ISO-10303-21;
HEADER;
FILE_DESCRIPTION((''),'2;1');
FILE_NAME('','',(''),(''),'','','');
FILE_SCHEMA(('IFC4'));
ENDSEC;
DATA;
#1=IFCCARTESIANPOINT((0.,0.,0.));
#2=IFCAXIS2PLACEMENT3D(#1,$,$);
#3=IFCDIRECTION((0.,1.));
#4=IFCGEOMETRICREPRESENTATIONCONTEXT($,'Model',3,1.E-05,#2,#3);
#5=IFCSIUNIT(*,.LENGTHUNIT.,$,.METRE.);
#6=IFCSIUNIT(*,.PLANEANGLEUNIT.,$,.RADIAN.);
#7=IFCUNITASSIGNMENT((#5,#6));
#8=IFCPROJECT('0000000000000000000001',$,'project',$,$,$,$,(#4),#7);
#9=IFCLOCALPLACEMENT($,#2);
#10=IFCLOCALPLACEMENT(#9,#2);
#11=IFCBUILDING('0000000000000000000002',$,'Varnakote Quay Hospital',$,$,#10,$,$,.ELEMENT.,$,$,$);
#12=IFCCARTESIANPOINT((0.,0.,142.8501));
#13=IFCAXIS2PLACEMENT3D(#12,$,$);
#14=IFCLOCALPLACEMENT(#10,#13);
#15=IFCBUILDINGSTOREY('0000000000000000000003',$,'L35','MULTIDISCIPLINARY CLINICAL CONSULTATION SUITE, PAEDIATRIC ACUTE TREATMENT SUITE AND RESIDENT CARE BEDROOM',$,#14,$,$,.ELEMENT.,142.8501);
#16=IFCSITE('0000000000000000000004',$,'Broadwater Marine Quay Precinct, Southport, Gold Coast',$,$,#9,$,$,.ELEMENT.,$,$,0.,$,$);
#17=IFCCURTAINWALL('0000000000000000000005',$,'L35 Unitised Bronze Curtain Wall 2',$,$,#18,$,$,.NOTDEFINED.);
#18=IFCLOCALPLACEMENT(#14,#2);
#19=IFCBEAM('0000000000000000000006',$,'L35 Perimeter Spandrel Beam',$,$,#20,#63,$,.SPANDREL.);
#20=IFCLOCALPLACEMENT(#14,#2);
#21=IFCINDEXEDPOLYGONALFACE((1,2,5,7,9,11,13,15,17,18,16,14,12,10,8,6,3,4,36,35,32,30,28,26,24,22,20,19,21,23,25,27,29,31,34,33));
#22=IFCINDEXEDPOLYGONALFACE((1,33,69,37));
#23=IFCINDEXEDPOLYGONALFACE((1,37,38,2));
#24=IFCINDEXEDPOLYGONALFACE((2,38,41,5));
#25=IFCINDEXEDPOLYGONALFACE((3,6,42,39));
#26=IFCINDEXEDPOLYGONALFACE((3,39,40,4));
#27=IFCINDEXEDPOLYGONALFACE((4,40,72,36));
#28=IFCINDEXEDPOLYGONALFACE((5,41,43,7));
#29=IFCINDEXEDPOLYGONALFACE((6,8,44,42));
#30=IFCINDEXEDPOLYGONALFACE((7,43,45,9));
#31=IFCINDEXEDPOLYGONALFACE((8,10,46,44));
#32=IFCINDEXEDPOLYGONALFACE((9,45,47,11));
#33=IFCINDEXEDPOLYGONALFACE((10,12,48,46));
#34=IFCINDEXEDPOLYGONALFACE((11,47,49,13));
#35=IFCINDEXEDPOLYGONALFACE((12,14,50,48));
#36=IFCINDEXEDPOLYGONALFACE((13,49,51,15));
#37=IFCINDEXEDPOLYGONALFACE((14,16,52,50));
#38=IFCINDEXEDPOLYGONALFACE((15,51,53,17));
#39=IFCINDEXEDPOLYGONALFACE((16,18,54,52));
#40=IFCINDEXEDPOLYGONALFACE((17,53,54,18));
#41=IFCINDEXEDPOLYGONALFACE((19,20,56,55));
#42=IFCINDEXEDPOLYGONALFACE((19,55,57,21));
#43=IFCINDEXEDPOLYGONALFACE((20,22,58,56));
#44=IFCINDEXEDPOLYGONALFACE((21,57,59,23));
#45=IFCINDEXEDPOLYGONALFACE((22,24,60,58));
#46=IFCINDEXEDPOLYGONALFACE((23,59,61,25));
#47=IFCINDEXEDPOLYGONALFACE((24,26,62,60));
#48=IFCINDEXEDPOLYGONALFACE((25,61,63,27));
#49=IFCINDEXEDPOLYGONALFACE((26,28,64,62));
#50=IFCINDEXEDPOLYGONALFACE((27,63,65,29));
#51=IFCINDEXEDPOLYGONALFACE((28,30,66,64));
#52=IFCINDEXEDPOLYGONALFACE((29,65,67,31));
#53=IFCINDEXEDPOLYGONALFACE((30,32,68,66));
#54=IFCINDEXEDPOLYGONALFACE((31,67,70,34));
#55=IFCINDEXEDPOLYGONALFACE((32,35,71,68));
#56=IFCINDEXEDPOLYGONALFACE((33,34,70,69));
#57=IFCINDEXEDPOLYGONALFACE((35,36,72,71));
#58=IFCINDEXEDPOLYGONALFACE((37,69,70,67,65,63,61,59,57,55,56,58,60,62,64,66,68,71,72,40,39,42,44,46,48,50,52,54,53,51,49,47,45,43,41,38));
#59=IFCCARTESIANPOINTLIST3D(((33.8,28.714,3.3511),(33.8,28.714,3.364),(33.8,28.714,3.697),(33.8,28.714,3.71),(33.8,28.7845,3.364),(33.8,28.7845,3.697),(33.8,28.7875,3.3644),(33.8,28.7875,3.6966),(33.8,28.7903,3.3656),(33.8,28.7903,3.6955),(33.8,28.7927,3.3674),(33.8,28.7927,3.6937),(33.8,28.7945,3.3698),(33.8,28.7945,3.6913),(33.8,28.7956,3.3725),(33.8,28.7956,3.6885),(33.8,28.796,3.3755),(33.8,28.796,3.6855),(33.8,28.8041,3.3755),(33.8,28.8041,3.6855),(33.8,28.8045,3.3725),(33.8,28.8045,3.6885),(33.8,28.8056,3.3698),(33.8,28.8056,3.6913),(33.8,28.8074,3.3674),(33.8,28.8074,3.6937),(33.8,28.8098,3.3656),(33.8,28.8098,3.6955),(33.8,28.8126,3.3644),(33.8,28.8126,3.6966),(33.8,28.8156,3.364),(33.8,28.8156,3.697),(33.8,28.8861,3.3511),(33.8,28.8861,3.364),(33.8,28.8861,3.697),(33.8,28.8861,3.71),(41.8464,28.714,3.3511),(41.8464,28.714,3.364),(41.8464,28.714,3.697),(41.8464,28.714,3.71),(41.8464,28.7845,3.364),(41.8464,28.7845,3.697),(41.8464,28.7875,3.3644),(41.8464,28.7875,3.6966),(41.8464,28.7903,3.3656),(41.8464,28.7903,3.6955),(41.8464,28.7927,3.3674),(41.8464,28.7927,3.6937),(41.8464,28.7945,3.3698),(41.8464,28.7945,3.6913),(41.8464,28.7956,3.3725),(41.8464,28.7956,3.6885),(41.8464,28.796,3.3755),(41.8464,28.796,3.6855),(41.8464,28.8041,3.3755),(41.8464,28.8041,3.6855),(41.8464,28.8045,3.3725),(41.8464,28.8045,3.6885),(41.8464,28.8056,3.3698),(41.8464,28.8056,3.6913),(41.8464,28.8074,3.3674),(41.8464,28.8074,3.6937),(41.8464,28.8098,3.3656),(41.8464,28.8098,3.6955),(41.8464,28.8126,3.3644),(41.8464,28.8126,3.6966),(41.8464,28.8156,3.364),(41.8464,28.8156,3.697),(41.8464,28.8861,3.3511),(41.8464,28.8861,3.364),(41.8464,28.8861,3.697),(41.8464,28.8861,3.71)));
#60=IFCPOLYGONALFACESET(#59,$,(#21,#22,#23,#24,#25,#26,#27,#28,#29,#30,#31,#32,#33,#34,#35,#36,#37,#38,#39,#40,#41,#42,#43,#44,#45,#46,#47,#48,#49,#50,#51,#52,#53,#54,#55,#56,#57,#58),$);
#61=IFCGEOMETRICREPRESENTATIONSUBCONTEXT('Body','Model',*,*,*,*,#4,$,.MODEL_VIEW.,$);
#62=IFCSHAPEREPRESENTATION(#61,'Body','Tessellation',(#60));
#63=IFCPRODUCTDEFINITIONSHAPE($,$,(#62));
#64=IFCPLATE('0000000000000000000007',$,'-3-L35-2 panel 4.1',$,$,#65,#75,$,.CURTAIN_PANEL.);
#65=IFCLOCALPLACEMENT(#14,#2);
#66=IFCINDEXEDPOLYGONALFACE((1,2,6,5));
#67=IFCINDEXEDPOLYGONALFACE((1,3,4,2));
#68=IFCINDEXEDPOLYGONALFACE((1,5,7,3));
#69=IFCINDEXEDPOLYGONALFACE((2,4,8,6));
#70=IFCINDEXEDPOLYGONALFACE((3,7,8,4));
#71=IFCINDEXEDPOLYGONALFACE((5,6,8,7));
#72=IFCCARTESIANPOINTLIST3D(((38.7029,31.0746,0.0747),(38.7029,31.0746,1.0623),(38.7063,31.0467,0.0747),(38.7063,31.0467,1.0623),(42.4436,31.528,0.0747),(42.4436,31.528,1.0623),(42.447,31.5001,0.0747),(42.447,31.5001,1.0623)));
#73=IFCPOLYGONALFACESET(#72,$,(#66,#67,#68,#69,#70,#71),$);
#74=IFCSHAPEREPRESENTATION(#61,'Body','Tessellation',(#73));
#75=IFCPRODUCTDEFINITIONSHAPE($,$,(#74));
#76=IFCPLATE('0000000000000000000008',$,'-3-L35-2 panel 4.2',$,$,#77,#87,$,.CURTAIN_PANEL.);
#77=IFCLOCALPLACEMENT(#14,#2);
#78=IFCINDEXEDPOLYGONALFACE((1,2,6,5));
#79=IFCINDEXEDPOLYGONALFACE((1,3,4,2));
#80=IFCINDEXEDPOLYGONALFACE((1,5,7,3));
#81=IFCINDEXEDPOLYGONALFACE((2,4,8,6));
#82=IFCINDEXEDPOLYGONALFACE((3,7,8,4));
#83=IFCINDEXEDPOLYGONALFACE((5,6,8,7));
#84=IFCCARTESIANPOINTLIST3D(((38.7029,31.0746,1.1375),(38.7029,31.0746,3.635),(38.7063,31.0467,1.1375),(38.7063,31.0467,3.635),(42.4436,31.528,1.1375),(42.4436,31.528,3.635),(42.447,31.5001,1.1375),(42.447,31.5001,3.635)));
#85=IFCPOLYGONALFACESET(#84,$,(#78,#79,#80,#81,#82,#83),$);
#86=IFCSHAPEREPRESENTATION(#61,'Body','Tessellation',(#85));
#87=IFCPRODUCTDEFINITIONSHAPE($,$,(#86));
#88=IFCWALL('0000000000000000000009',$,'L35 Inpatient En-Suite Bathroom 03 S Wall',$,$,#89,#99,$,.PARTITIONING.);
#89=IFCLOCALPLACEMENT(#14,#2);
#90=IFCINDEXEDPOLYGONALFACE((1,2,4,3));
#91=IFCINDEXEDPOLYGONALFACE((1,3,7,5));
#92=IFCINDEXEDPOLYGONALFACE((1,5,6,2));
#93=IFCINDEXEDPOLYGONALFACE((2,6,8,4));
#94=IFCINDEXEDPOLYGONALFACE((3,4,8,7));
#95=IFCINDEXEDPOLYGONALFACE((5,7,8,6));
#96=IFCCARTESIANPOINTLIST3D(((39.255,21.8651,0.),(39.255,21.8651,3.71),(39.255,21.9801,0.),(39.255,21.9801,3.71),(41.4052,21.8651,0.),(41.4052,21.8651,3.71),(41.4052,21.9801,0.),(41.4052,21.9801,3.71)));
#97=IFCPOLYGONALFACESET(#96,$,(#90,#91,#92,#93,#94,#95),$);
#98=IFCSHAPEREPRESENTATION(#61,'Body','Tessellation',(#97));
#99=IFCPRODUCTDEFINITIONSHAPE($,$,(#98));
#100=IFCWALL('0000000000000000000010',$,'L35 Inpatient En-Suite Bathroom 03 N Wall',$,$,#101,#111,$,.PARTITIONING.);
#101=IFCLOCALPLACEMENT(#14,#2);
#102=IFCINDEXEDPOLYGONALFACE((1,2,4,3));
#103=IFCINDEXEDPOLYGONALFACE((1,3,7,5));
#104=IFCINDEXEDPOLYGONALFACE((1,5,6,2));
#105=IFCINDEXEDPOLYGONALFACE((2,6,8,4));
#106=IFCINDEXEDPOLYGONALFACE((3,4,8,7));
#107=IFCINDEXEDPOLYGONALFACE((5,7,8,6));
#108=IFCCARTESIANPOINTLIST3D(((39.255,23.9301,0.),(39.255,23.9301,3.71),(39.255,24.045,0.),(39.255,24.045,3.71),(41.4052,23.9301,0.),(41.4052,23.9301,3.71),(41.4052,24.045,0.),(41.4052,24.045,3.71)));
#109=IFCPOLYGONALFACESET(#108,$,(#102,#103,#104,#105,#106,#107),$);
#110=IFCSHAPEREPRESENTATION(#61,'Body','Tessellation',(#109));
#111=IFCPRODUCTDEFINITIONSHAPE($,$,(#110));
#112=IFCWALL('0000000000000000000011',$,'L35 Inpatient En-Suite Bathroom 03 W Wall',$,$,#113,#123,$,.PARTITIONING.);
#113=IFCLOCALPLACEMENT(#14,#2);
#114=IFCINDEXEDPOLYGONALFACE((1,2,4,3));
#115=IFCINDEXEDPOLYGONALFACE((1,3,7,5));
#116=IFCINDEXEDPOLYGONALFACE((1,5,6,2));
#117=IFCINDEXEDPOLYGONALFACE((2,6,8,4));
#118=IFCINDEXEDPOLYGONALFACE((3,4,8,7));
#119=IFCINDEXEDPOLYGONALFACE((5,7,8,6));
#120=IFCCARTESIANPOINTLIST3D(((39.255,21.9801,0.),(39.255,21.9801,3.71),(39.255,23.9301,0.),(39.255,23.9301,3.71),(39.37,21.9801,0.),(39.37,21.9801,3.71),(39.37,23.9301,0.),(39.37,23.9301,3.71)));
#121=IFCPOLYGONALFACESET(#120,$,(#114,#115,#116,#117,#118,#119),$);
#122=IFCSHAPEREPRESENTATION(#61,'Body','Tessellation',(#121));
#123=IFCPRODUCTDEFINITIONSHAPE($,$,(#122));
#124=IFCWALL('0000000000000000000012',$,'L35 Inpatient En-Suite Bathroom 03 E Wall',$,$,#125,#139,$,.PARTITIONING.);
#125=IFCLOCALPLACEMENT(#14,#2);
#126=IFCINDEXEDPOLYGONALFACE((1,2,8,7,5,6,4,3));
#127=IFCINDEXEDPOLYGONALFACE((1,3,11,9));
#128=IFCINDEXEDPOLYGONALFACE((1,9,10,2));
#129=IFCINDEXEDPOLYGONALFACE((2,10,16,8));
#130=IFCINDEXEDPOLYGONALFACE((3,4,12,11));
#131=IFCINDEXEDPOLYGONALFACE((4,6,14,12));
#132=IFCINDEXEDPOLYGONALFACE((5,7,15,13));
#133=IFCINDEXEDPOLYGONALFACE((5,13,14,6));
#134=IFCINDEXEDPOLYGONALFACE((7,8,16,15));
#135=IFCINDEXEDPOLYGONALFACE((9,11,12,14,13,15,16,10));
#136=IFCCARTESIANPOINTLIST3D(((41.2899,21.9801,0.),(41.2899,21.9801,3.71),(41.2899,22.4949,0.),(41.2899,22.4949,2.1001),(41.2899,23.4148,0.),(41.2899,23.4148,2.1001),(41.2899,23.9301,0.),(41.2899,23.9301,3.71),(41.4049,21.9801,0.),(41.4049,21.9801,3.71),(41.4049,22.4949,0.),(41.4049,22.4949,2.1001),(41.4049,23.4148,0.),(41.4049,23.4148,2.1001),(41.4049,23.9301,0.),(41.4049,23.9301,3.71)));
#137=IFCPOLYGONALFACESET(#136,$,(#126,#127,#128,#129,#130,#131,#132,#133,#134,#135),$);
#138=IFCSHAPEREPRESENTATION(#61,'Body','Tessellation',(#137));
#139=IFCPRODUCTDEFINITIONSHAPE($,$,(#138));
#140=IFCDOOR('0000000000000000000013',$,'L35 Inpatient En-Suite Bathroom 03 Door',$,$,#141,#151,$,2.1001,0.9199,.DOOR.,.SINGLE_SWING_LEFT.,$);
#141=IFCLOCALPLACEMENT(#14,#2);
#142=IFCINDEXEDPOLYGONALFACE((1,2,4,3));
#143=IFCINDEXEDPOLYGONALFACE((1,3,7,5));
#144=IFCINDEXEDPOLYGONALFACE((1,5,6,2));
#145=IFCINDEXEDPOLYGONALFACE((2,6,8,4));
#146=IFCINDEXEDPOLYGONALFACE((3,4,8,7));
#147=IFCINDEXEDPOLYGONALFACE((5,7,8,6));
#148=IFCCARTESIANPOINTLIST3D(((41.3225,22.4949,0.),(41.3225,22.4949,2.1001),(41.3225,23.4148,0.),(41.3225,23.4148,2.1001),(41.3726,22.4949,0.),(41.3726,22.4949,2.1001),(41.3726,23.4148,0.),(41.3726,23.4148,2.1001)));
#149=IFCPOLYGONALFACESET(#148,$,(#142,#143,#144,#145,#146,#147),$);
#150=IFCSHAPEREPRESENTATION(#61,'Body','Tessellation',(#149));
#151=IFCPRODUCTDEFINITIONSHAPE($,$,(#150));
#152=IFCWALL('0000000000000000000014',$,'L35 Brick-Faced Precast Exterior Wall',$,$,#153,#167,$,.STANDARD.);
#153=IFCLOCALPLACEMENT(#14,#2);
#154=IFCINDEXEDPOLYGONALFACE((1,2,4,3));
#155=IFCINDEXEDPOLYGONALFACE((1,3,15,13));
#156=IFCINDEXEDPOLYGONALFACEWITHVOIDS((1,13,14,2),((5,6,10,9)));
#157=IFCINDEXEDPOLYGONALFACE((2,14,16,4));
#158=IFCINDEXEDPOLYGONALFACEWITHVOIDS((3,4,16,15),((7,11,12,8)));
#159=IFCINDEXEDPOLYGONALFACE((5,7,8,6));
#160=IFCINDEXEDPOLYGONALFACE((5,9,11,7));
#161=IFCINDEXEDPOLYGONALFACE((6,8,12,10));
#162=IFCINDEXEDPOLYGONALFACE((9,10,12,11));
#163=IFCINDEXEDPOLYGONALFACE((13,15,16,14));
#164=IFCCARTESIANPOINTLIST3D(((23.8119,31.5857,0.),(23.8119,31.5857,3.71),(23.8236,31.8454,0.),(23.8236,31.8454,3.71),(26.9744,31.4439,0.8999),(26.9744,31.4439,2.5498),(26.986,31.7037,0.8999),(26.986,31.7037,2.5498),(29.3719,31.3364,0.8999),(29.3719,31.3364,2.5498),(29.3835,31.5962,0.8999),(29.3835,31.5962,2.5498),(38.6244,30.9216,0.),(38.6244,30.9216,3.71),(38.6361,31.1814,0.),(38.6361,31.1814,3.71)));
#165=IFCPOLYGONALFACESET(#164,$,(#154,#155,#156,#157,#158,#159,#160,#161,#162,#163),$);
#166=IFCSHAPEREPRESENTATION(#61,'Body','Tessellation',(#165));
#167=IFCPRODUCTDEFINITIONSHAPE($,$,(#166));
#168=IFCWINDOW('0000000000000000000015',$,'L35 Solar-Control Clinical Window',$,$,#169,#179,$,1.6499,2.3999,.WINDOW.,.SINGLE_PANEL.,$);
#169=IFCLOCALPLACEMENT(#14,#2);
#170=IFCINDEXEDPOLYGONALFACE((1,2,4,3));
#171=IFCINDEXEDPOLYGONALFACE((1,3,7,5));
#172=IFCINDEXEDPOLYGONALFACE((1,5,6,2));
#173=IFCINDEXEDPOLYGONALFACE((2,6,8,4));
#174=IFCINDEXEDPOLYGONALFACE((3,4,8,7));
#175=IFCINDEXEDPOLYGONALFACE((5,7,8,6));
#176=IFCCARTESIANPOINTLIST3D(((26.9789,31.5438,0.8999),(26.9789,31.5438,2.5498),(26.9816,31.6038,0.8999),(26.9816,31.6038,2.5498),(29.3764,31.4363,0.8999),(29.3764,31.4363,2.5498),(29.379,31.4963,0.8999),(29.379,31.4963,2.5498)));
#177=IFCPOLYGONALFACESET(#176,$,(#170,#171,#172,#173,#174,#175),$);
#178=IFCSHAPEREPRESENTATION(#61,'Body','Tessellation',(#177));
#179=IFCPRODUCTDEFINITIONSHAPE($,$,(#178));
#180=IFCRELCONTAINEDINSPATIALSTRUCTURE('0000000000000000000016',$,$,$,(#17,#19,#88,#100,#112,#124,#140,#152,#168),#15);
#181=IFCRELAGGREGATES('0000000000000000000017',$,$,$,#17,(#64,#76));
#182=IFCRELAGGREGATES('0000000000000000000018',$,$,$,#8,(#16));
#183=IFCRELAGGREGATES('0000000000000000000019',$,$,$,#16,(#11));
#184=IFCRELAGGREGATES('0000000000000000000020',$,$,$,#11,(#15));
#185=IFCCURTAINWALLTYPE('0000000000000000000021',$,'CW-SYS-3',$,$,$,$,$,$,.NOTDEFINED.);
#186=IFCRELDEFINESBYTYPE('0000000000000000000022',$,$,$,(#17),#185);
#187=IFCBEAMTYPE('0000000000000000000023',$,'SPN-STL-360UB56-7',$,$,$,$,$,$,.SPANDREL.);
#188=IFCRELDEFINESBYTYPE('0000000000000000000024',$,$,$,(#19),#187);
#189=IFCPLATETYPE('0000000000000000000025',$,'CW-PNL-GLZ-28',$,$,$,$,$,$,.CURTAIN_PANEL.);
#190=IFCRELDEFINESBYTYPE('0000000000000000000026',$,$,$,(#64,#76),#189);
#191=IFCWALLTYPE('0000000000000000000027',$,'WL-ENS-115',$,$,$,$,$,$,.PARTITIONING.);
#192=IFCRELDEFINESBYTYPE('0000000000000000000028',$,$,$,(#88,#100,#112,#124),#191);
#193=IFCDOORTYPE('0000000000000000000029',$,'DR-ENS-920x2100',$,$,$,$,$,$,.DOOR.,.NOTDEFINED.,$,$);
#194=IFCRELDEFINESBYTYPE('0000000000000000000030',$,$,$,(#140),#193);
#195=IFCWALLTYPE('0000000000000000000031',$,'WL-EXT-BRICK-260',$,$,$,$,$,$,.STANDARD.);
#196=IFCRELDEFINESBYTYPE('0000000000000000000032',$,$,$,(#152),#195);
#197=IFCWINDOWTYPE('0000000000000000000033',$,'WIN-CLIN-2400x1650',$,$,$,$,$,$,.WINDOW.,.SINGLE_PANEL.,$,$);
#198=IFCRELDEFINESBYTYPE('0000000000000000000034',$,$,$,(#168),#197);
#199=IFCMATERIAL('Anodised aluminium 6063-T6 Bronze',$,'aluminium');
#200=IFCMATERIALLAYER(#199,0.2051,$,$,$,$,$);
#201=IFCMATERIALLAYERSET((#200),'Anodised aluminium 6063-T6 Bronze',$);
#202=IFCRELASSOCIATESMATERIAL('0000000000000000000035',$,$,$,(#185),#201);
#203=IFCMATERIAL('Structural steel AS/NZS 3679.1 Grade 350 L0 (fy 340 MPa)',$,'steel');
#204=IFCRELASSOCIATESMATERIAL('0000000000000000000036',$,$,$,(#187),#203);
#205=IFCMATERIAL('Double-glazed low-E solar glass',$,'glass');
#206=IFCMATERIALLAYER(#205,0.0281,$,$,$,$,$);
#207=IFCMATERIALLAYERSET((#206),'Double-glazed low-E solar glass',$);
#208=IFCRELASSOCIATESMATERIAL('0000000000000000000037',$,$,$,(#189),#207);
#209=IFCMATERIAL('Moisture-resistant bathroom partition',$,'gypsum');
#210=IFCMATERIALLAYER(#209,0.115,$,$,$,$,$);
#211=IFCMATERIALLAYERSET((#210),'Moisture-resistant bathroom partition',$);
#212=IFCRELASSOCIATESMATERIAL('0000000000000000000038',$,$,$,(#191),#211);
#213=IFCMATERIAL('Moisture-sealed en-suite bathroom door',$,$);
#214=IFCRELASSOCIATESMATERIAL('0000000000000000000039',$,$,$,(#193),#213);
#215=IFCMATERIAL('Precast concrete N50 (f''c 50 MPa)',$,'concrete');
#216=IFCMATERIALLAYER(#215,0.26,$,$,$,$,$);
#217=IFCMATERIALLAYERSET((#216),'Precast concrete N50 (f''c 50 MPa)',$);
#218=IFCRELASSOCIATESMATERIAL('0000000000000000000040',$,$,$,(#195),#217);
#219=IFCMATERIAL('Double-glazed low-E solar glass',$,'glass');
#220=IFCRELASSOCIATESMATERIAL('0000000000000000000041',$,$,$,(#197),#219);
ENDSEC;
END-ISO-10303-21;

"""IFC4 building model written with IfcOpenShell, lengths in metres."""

from ifc_helpers import new_model, si_unit, direction, frame, frame_2d, origin, origin_2d, place, context, subcontext, project, spatial, rectangle, i_section, extrude, material, layer, layer_set, material_profile, profile_set, type_object, element, fill, aggregate, save


model = new_model("IFC4")

# Units and contexts
model_context = context("Model", 3, precision=1e-05, world=origin(), true_north=direction((0.0, 1.0)))
body_context = subcontext(model_context, "Body", "Model", "MODEL_VIEW")
ifc_project = project(units=[si_unit("LENGTHUNIT", "METRE"), si_unit("PLANEANGLEUNIT", "RADIAN")], contexts=[model_context])

# Site, building, storey
site_placement = place(None, origin())
site = spatial("IfcSite", under=ifc_project, at=site_placement, Name="Broadwater Marine Quay Precinct, Southport, Gold Coast", CompositionType="ELEMENT", RefElevation=0.0)
building_placement = place(site_placement, origin())
building = spatial("IfcBuilding", under=site, at=building_placement, Name="Varnakote Quay Hospital", CompositionType="ELEMENT")
storey_placement = place(building_placement, frame((0.0, 0.0, 142.8501)))
storey = spatial("IfcBuildingStorey", under=building, at=storey_placement, Name="L35", Description="MULTIDISCIPLINARY CLINICAL CONSULTATION SUITE, PAEDIATRIC ACUTE TREATMENT SUITE AND RESIDENT CARE BEDROOM", CompositionType="ELEMENT", Elevation=142.8501)

# Curtain wall
ifc_material_1 = material(Name="Anodised aluminium 6063-T6 Bronze", Category="aluminium")
ifc_layer_1 = layer(ifc_material_1, 0.2051)
ifc_layer_set_1 = layer_set([ifc_layer_1], Name="Anodised aluminium 6063-T6 Bronze")
curtain_wall_type = type_object("IfcCurtainWallType", Name="CW-SYS-3", PredefinedType="NOTDEFINED", material=ifc_layer_set_1)
curtain_wall_placement = place(storey_placement, origin())
curtain_wall = element("IfcCurtainWall", 1, at=curtain_wall_placement, inside=storey, type_object=curtain_wall_type, Name="L35 Unitised Bronze Curtain Wall 2", PredefinedType="NOTDEFINED")

# Beam
ifc_material_2 = material(Name="Structural steel AS/NZS 3679.1 Grade 350 L0 (fy 340 MPa)", Category="steel")
ifc_material_profile_1 = material_profile(ifc_material_2, i_section(OverallWidth=0.1721, OverallDepth=0.3589, WebThickness=0.0081, FlangeThickness=0.0129, FilletRadius=0.0115, at=origin_2d()), Name="360UB56.7")
ifc_profile_set_1 = profile_set([ifc_material_profile_1], Name="Structural steel AS/NZS 3679.1 Grade 350 L0 (fy 340 MPa)")
beam_type_1 = type_object("IfcBeamType", Name="SPN-STL-360UB56-7", PredefinedType="SPANDREL", material=ifc_profile_set_1)
beam_1_placement = place(storey_placement, frame((33.8, 28.8, 3.5305), z_axis=(1.0, 0.0, 0.0), x_axis=(0.0, 1.0, 0.0)))
element("IfcBeam", 2, at=beam_1_placement, inside=storey, type_object=beam_type_1, Name="L35 Perimeter Spandrel Beam", PredefinedType="SPANDREL", context=body_context, shape_type="SweptSolid", body=[
    extrude(i_section(OverallWidth=0.1721, OverallDepth=0.3589, WebThickness=0.0081, FlangeThickness=0.0129, FilletRadius=0.0115, at=origin_2d()), origin(), (0.0, 0.0, 1.0), 8.0464),
])

# Plates
ifc_material_3 = material(Name="Double-glazed low-E solar glass", Category="glass")
ifc_layer_2 = layer(ifc_material_3, 0.0281)
ifc_layer_set_2 = layer_set([ifc_layer_2], Name="Double-glazed low-E solar glass")
plate_type = type_object("IfcPlateType", Name="CW-PNL-GLZ-28", PredefinedType="CURTAIN_PANEL", material=ifc_layer_set_2)
plate_1_placement = place(storey_placement, frame((40.575, 31.2874, 0.0747), z_axis=(0.0, 0.0, 1.0), x_axis=(-0.992734, -0.120327, 0.0)))
plate_1 = element("IfcPlate", 3, at=plate_1_placement, type_object=plate_type, Name="-3-L35-2 panel 4.1", PredefinedType="CURTAIN_PANEL", context=body_context, shape_type="SweptSolid", body=[
    extrude(rectangle(XDim=3.7681, YDim=0.0281, at=origin_2d()), origin(), (0.0, 0.0, 1.0), 0.9875),
])
plate_2_placement = place(storey_placement, frame((40.575, 31.2874, 1.1375), z_axis=(0.0, 0.0, 1.0), x_axis=(-0.992734, -0.120327, 0.0)))
plate_2 = element("IfcPlate", 4, at=plate_2_placement, type_object=plate_type, Name="-3-L35-2 panel 4.2", PredefinedType="CURTAIN_PANEL", context=body_context, shape_type="SweptSolid", body=[
    extrude(rectangle(XDim=3.7681, YDim=0.0281, at=origin_2d()), origin(), (0.0, 0.0, 1.0), 2.4976),
])
aggregate(curtain_wall, [plate_1, plate_2])

# Walls
ifc_material_4 = material(Name="Moisture-resistant bathroom partition", Category="gypsum")
ifc_layer_3 = layer(ifc_material_4, 0.115)
ifc_layer_set_3 = layer_set([ifc_layer_3], Name="Moisture-resistant bathroom partition")
wall_type_1 = type_object("IfcWallType", Name="WL-ENS-115", PredefinedType="PARTITIONING", material=ifc_layer_set_3)
for number, where, z_axis, x_axis, name in (
    (5, (39.2549, 21.9226, 0.0), (0.0, 0.0, 1.0), (1.0, 0.0, 0.0), "L35 Inpatient En-Suite Bathroom 03 S Wall"),
    (6, (39.2549, 23.9875, 0.0), (0.0, 0.0, 1.0), (1.0, 0.0, 0.0), "L35 Inpatient En-Suite Bathroom 03 N Wall"),
):
    element("IfcWall", number, at=place(storey_placement, frame(where, z_axis=z_axis, x_axis=x_axis)), inside=storey, type_object=wall_type_1, Name=name, PredefinedType="PARTITIONING", context=body_context, shape_type="SweptSolid", body=[
        extrude(rectangle(XDim=2.1501, YDim=0.115, at=frame_2d((1.0752, 0.0))), origin(), (0.0, 0.0, 1.0), 3.71),
    ])
wall_1_placement = place(storey_placement, frame((39.3125, 21.98, 0.0), z_axis=(0.0, 0.0, 1.0), x_axis=(0.0, 1.0, 0.0)))
element("IfcWall", 7, at=wall_1_placement, inside=storey, type_object=wall_type_1, Name="L35 Inpatient En-Suite Bathroom 03 W Wall", PredefinedType="PARTITIONING", context=body_context, shape_type="SweptSolid", body=[
    extrude(rectangle(XDim=1.95, YDim=0.115, at=frame_2d((0.9751, 0.0))), origin(), (0.0, 0.0, 1.0), 3.71),
])

# Wall, opening, door
wall_2_placement = place(storey_placement, frame((41.3474, 21.98, 0.0), z_axis=(0.0, 0.0, 1.0), x_axis=(0.0, 1.0, 0.0)))
wall_2 = element("IfcWall", 8, at=wall_2_placement, inside=storey, type_object=wall_type_1, Name="L35 Inpatient En-Suite Bathroom 03 E Wall", PredefinedType="PARTITIONING", context=body_context, shape_type="SweptSolid", body=[
    extrude(rectangle(XDim=1.95, YDim=0.115, at=frame_2d((0.9751, 0.0))), origin(), (0.0, 0.0, 1.0), 3.71),
])
opening_1_placement = place(wall_2_placement, frame((0.5149, 0.0, 0.0)))
opening_1 = element("IfcOpeningElement", 9, at=opening_1_placement, cuts=wall_2, PredefinedType="OPENING", context=body_context, shape_type="SweptSolid", body=[
    extrude(rectangle(XDim=0.9199, YDim=2.1001, at=frame_2d((0.46, 1.05))), frame((0.0, 0.0674, 0.0), z_axis=(0.0, -1.0, 0.0), x_axis=(1.0, 0.0, 0.0)), (0.0, 0.0, 1.0), 0.135),
])
ifc_material_5 = material(Name="Moisture-sealed en-suite bathroom door")
door_type_1 = type_object("IfcDoorType", Name="DR-ENS-920x2100", OperationType="NOTDEFINED", PredefinedType="DOOR", material=ifc_material_5)
door_1_placement = place(opening_1_placement, origin())
door_1 = element("IfcDoor", 10, at=door_1_placement, inside=storey, type_object=door_type_1, Name="L35 Inpatient En-Suite Bathroom 03 Door", OperationType="SINGLE_SWING_LEFT", OverallHeight=2.1001, OverallWidth=0.9199, PredefinedType="DOOR", context=body_context, shape_type="SweptSolid", body=[
    extrude(rectangle(XDim=0.9199, YDim=2.1001, at=frame_2d((0.46, 1.05))), frame((0.0, 0.0249, 0.0), z_axis=(0.0, -1.0, 0.0), x_axis=(1.0, 0.0, 0.0)), (0.0, 0.0, 1.0), 0.05),
])
fill(opening_1, door_1)

# Wall, opening, window
ifc_material_6 = material(Name="Precast concrete N50 (f'c 50 MPa)", Category="concrete")
ifc_layer_4 = layer(ifc_material_6, 0.26)
ifc_layer_set_4 = layer_set([ifc_layer_4], Name="Precast concrete N50 (f'c 50 MPa)")
wall_type_2 = type_object("IfcWallType", Name="WL-EXT-BRICK-260", PredefinedType="STANDARD", material=ifc_layer_set_4)
wall_3_placement = place(storey_placement, frame((38.6301, 31.0515, 0.0), z_axis=(0.0, 0.0, 1.0), x_axis=(-0.998997, 0.044786, 0.0)))
wall_3 = element("IfcWall", 11, at=wall_3_placement, inside=storey, type_object=wall_type_2, Name="L35 Brick-Faced Precast Exterior Wall", PredefinedType="STANDARD", context=body_context, shape_type="SweptSolid", body=[
    extrude(rectangle(XDim=14.8274, YDim=0.26, at=frame_2d((7.4136, 0.0))), origin(), (0.0, 0.0, 1.0), 3.71),
])
opening_2_placement = place(wall_3_placement, frame((9.2617, 0.0, 0.8999)))
opening_2 = element("IfcOpeningElement", 12, at=opening_2_placement, cuts=wall_3, PredefinedType="OPENING", context=body_context, shape_type="SweptSolid", body=[
    extrude(rectangle(XDim=2.3999, YDim=1.6499, at=frame_2d((1.2, 0.825))), frame((0.0, 0.1399, 0.0), z_axis=(0.0, -1.0, 0.0), x_axis=(1.0, 0.0, 0.0)), (0.0, 0.0, 1.0), 0.28),
])
ifc_material_7 = material(Name="Double-glazed low-E solar glass", Category="glass")
window_type = type_object("IfcWindowType", Name="WIN-CLIN-2400x1650", PartitioningType="SINGLE_PANEL", PredefinedType="WINDOW", material=ifc_material_7)
window_placement = place(opening_2_placement, origin())
window = element("IfcWindow", 13, at=window_placement, inside=storey, type_object=window_type, Name="L35 Solar-Control Clinical Window", OverallHeight=1.6499, OverallWidth=2.3999, PartitioningType="SINGLE_PANEL", PredefinedType="WINDOW", context=body_context, shape_type="SweptSolid", body=[
    extrude(rectangle(XDim=2.3999, YDim=1.6499, at=frame_2d((1.2, 0.825))), frame((0.0, 0.03, 0.0), z_axis=(0.0, -1.0, 0.0), x_axis=(1.0, 0.0, 0.0)), (0.0, 0.0, 1.0), 0.0601),
])
fill(opening_2, window)

save(model, "model.ifc")
